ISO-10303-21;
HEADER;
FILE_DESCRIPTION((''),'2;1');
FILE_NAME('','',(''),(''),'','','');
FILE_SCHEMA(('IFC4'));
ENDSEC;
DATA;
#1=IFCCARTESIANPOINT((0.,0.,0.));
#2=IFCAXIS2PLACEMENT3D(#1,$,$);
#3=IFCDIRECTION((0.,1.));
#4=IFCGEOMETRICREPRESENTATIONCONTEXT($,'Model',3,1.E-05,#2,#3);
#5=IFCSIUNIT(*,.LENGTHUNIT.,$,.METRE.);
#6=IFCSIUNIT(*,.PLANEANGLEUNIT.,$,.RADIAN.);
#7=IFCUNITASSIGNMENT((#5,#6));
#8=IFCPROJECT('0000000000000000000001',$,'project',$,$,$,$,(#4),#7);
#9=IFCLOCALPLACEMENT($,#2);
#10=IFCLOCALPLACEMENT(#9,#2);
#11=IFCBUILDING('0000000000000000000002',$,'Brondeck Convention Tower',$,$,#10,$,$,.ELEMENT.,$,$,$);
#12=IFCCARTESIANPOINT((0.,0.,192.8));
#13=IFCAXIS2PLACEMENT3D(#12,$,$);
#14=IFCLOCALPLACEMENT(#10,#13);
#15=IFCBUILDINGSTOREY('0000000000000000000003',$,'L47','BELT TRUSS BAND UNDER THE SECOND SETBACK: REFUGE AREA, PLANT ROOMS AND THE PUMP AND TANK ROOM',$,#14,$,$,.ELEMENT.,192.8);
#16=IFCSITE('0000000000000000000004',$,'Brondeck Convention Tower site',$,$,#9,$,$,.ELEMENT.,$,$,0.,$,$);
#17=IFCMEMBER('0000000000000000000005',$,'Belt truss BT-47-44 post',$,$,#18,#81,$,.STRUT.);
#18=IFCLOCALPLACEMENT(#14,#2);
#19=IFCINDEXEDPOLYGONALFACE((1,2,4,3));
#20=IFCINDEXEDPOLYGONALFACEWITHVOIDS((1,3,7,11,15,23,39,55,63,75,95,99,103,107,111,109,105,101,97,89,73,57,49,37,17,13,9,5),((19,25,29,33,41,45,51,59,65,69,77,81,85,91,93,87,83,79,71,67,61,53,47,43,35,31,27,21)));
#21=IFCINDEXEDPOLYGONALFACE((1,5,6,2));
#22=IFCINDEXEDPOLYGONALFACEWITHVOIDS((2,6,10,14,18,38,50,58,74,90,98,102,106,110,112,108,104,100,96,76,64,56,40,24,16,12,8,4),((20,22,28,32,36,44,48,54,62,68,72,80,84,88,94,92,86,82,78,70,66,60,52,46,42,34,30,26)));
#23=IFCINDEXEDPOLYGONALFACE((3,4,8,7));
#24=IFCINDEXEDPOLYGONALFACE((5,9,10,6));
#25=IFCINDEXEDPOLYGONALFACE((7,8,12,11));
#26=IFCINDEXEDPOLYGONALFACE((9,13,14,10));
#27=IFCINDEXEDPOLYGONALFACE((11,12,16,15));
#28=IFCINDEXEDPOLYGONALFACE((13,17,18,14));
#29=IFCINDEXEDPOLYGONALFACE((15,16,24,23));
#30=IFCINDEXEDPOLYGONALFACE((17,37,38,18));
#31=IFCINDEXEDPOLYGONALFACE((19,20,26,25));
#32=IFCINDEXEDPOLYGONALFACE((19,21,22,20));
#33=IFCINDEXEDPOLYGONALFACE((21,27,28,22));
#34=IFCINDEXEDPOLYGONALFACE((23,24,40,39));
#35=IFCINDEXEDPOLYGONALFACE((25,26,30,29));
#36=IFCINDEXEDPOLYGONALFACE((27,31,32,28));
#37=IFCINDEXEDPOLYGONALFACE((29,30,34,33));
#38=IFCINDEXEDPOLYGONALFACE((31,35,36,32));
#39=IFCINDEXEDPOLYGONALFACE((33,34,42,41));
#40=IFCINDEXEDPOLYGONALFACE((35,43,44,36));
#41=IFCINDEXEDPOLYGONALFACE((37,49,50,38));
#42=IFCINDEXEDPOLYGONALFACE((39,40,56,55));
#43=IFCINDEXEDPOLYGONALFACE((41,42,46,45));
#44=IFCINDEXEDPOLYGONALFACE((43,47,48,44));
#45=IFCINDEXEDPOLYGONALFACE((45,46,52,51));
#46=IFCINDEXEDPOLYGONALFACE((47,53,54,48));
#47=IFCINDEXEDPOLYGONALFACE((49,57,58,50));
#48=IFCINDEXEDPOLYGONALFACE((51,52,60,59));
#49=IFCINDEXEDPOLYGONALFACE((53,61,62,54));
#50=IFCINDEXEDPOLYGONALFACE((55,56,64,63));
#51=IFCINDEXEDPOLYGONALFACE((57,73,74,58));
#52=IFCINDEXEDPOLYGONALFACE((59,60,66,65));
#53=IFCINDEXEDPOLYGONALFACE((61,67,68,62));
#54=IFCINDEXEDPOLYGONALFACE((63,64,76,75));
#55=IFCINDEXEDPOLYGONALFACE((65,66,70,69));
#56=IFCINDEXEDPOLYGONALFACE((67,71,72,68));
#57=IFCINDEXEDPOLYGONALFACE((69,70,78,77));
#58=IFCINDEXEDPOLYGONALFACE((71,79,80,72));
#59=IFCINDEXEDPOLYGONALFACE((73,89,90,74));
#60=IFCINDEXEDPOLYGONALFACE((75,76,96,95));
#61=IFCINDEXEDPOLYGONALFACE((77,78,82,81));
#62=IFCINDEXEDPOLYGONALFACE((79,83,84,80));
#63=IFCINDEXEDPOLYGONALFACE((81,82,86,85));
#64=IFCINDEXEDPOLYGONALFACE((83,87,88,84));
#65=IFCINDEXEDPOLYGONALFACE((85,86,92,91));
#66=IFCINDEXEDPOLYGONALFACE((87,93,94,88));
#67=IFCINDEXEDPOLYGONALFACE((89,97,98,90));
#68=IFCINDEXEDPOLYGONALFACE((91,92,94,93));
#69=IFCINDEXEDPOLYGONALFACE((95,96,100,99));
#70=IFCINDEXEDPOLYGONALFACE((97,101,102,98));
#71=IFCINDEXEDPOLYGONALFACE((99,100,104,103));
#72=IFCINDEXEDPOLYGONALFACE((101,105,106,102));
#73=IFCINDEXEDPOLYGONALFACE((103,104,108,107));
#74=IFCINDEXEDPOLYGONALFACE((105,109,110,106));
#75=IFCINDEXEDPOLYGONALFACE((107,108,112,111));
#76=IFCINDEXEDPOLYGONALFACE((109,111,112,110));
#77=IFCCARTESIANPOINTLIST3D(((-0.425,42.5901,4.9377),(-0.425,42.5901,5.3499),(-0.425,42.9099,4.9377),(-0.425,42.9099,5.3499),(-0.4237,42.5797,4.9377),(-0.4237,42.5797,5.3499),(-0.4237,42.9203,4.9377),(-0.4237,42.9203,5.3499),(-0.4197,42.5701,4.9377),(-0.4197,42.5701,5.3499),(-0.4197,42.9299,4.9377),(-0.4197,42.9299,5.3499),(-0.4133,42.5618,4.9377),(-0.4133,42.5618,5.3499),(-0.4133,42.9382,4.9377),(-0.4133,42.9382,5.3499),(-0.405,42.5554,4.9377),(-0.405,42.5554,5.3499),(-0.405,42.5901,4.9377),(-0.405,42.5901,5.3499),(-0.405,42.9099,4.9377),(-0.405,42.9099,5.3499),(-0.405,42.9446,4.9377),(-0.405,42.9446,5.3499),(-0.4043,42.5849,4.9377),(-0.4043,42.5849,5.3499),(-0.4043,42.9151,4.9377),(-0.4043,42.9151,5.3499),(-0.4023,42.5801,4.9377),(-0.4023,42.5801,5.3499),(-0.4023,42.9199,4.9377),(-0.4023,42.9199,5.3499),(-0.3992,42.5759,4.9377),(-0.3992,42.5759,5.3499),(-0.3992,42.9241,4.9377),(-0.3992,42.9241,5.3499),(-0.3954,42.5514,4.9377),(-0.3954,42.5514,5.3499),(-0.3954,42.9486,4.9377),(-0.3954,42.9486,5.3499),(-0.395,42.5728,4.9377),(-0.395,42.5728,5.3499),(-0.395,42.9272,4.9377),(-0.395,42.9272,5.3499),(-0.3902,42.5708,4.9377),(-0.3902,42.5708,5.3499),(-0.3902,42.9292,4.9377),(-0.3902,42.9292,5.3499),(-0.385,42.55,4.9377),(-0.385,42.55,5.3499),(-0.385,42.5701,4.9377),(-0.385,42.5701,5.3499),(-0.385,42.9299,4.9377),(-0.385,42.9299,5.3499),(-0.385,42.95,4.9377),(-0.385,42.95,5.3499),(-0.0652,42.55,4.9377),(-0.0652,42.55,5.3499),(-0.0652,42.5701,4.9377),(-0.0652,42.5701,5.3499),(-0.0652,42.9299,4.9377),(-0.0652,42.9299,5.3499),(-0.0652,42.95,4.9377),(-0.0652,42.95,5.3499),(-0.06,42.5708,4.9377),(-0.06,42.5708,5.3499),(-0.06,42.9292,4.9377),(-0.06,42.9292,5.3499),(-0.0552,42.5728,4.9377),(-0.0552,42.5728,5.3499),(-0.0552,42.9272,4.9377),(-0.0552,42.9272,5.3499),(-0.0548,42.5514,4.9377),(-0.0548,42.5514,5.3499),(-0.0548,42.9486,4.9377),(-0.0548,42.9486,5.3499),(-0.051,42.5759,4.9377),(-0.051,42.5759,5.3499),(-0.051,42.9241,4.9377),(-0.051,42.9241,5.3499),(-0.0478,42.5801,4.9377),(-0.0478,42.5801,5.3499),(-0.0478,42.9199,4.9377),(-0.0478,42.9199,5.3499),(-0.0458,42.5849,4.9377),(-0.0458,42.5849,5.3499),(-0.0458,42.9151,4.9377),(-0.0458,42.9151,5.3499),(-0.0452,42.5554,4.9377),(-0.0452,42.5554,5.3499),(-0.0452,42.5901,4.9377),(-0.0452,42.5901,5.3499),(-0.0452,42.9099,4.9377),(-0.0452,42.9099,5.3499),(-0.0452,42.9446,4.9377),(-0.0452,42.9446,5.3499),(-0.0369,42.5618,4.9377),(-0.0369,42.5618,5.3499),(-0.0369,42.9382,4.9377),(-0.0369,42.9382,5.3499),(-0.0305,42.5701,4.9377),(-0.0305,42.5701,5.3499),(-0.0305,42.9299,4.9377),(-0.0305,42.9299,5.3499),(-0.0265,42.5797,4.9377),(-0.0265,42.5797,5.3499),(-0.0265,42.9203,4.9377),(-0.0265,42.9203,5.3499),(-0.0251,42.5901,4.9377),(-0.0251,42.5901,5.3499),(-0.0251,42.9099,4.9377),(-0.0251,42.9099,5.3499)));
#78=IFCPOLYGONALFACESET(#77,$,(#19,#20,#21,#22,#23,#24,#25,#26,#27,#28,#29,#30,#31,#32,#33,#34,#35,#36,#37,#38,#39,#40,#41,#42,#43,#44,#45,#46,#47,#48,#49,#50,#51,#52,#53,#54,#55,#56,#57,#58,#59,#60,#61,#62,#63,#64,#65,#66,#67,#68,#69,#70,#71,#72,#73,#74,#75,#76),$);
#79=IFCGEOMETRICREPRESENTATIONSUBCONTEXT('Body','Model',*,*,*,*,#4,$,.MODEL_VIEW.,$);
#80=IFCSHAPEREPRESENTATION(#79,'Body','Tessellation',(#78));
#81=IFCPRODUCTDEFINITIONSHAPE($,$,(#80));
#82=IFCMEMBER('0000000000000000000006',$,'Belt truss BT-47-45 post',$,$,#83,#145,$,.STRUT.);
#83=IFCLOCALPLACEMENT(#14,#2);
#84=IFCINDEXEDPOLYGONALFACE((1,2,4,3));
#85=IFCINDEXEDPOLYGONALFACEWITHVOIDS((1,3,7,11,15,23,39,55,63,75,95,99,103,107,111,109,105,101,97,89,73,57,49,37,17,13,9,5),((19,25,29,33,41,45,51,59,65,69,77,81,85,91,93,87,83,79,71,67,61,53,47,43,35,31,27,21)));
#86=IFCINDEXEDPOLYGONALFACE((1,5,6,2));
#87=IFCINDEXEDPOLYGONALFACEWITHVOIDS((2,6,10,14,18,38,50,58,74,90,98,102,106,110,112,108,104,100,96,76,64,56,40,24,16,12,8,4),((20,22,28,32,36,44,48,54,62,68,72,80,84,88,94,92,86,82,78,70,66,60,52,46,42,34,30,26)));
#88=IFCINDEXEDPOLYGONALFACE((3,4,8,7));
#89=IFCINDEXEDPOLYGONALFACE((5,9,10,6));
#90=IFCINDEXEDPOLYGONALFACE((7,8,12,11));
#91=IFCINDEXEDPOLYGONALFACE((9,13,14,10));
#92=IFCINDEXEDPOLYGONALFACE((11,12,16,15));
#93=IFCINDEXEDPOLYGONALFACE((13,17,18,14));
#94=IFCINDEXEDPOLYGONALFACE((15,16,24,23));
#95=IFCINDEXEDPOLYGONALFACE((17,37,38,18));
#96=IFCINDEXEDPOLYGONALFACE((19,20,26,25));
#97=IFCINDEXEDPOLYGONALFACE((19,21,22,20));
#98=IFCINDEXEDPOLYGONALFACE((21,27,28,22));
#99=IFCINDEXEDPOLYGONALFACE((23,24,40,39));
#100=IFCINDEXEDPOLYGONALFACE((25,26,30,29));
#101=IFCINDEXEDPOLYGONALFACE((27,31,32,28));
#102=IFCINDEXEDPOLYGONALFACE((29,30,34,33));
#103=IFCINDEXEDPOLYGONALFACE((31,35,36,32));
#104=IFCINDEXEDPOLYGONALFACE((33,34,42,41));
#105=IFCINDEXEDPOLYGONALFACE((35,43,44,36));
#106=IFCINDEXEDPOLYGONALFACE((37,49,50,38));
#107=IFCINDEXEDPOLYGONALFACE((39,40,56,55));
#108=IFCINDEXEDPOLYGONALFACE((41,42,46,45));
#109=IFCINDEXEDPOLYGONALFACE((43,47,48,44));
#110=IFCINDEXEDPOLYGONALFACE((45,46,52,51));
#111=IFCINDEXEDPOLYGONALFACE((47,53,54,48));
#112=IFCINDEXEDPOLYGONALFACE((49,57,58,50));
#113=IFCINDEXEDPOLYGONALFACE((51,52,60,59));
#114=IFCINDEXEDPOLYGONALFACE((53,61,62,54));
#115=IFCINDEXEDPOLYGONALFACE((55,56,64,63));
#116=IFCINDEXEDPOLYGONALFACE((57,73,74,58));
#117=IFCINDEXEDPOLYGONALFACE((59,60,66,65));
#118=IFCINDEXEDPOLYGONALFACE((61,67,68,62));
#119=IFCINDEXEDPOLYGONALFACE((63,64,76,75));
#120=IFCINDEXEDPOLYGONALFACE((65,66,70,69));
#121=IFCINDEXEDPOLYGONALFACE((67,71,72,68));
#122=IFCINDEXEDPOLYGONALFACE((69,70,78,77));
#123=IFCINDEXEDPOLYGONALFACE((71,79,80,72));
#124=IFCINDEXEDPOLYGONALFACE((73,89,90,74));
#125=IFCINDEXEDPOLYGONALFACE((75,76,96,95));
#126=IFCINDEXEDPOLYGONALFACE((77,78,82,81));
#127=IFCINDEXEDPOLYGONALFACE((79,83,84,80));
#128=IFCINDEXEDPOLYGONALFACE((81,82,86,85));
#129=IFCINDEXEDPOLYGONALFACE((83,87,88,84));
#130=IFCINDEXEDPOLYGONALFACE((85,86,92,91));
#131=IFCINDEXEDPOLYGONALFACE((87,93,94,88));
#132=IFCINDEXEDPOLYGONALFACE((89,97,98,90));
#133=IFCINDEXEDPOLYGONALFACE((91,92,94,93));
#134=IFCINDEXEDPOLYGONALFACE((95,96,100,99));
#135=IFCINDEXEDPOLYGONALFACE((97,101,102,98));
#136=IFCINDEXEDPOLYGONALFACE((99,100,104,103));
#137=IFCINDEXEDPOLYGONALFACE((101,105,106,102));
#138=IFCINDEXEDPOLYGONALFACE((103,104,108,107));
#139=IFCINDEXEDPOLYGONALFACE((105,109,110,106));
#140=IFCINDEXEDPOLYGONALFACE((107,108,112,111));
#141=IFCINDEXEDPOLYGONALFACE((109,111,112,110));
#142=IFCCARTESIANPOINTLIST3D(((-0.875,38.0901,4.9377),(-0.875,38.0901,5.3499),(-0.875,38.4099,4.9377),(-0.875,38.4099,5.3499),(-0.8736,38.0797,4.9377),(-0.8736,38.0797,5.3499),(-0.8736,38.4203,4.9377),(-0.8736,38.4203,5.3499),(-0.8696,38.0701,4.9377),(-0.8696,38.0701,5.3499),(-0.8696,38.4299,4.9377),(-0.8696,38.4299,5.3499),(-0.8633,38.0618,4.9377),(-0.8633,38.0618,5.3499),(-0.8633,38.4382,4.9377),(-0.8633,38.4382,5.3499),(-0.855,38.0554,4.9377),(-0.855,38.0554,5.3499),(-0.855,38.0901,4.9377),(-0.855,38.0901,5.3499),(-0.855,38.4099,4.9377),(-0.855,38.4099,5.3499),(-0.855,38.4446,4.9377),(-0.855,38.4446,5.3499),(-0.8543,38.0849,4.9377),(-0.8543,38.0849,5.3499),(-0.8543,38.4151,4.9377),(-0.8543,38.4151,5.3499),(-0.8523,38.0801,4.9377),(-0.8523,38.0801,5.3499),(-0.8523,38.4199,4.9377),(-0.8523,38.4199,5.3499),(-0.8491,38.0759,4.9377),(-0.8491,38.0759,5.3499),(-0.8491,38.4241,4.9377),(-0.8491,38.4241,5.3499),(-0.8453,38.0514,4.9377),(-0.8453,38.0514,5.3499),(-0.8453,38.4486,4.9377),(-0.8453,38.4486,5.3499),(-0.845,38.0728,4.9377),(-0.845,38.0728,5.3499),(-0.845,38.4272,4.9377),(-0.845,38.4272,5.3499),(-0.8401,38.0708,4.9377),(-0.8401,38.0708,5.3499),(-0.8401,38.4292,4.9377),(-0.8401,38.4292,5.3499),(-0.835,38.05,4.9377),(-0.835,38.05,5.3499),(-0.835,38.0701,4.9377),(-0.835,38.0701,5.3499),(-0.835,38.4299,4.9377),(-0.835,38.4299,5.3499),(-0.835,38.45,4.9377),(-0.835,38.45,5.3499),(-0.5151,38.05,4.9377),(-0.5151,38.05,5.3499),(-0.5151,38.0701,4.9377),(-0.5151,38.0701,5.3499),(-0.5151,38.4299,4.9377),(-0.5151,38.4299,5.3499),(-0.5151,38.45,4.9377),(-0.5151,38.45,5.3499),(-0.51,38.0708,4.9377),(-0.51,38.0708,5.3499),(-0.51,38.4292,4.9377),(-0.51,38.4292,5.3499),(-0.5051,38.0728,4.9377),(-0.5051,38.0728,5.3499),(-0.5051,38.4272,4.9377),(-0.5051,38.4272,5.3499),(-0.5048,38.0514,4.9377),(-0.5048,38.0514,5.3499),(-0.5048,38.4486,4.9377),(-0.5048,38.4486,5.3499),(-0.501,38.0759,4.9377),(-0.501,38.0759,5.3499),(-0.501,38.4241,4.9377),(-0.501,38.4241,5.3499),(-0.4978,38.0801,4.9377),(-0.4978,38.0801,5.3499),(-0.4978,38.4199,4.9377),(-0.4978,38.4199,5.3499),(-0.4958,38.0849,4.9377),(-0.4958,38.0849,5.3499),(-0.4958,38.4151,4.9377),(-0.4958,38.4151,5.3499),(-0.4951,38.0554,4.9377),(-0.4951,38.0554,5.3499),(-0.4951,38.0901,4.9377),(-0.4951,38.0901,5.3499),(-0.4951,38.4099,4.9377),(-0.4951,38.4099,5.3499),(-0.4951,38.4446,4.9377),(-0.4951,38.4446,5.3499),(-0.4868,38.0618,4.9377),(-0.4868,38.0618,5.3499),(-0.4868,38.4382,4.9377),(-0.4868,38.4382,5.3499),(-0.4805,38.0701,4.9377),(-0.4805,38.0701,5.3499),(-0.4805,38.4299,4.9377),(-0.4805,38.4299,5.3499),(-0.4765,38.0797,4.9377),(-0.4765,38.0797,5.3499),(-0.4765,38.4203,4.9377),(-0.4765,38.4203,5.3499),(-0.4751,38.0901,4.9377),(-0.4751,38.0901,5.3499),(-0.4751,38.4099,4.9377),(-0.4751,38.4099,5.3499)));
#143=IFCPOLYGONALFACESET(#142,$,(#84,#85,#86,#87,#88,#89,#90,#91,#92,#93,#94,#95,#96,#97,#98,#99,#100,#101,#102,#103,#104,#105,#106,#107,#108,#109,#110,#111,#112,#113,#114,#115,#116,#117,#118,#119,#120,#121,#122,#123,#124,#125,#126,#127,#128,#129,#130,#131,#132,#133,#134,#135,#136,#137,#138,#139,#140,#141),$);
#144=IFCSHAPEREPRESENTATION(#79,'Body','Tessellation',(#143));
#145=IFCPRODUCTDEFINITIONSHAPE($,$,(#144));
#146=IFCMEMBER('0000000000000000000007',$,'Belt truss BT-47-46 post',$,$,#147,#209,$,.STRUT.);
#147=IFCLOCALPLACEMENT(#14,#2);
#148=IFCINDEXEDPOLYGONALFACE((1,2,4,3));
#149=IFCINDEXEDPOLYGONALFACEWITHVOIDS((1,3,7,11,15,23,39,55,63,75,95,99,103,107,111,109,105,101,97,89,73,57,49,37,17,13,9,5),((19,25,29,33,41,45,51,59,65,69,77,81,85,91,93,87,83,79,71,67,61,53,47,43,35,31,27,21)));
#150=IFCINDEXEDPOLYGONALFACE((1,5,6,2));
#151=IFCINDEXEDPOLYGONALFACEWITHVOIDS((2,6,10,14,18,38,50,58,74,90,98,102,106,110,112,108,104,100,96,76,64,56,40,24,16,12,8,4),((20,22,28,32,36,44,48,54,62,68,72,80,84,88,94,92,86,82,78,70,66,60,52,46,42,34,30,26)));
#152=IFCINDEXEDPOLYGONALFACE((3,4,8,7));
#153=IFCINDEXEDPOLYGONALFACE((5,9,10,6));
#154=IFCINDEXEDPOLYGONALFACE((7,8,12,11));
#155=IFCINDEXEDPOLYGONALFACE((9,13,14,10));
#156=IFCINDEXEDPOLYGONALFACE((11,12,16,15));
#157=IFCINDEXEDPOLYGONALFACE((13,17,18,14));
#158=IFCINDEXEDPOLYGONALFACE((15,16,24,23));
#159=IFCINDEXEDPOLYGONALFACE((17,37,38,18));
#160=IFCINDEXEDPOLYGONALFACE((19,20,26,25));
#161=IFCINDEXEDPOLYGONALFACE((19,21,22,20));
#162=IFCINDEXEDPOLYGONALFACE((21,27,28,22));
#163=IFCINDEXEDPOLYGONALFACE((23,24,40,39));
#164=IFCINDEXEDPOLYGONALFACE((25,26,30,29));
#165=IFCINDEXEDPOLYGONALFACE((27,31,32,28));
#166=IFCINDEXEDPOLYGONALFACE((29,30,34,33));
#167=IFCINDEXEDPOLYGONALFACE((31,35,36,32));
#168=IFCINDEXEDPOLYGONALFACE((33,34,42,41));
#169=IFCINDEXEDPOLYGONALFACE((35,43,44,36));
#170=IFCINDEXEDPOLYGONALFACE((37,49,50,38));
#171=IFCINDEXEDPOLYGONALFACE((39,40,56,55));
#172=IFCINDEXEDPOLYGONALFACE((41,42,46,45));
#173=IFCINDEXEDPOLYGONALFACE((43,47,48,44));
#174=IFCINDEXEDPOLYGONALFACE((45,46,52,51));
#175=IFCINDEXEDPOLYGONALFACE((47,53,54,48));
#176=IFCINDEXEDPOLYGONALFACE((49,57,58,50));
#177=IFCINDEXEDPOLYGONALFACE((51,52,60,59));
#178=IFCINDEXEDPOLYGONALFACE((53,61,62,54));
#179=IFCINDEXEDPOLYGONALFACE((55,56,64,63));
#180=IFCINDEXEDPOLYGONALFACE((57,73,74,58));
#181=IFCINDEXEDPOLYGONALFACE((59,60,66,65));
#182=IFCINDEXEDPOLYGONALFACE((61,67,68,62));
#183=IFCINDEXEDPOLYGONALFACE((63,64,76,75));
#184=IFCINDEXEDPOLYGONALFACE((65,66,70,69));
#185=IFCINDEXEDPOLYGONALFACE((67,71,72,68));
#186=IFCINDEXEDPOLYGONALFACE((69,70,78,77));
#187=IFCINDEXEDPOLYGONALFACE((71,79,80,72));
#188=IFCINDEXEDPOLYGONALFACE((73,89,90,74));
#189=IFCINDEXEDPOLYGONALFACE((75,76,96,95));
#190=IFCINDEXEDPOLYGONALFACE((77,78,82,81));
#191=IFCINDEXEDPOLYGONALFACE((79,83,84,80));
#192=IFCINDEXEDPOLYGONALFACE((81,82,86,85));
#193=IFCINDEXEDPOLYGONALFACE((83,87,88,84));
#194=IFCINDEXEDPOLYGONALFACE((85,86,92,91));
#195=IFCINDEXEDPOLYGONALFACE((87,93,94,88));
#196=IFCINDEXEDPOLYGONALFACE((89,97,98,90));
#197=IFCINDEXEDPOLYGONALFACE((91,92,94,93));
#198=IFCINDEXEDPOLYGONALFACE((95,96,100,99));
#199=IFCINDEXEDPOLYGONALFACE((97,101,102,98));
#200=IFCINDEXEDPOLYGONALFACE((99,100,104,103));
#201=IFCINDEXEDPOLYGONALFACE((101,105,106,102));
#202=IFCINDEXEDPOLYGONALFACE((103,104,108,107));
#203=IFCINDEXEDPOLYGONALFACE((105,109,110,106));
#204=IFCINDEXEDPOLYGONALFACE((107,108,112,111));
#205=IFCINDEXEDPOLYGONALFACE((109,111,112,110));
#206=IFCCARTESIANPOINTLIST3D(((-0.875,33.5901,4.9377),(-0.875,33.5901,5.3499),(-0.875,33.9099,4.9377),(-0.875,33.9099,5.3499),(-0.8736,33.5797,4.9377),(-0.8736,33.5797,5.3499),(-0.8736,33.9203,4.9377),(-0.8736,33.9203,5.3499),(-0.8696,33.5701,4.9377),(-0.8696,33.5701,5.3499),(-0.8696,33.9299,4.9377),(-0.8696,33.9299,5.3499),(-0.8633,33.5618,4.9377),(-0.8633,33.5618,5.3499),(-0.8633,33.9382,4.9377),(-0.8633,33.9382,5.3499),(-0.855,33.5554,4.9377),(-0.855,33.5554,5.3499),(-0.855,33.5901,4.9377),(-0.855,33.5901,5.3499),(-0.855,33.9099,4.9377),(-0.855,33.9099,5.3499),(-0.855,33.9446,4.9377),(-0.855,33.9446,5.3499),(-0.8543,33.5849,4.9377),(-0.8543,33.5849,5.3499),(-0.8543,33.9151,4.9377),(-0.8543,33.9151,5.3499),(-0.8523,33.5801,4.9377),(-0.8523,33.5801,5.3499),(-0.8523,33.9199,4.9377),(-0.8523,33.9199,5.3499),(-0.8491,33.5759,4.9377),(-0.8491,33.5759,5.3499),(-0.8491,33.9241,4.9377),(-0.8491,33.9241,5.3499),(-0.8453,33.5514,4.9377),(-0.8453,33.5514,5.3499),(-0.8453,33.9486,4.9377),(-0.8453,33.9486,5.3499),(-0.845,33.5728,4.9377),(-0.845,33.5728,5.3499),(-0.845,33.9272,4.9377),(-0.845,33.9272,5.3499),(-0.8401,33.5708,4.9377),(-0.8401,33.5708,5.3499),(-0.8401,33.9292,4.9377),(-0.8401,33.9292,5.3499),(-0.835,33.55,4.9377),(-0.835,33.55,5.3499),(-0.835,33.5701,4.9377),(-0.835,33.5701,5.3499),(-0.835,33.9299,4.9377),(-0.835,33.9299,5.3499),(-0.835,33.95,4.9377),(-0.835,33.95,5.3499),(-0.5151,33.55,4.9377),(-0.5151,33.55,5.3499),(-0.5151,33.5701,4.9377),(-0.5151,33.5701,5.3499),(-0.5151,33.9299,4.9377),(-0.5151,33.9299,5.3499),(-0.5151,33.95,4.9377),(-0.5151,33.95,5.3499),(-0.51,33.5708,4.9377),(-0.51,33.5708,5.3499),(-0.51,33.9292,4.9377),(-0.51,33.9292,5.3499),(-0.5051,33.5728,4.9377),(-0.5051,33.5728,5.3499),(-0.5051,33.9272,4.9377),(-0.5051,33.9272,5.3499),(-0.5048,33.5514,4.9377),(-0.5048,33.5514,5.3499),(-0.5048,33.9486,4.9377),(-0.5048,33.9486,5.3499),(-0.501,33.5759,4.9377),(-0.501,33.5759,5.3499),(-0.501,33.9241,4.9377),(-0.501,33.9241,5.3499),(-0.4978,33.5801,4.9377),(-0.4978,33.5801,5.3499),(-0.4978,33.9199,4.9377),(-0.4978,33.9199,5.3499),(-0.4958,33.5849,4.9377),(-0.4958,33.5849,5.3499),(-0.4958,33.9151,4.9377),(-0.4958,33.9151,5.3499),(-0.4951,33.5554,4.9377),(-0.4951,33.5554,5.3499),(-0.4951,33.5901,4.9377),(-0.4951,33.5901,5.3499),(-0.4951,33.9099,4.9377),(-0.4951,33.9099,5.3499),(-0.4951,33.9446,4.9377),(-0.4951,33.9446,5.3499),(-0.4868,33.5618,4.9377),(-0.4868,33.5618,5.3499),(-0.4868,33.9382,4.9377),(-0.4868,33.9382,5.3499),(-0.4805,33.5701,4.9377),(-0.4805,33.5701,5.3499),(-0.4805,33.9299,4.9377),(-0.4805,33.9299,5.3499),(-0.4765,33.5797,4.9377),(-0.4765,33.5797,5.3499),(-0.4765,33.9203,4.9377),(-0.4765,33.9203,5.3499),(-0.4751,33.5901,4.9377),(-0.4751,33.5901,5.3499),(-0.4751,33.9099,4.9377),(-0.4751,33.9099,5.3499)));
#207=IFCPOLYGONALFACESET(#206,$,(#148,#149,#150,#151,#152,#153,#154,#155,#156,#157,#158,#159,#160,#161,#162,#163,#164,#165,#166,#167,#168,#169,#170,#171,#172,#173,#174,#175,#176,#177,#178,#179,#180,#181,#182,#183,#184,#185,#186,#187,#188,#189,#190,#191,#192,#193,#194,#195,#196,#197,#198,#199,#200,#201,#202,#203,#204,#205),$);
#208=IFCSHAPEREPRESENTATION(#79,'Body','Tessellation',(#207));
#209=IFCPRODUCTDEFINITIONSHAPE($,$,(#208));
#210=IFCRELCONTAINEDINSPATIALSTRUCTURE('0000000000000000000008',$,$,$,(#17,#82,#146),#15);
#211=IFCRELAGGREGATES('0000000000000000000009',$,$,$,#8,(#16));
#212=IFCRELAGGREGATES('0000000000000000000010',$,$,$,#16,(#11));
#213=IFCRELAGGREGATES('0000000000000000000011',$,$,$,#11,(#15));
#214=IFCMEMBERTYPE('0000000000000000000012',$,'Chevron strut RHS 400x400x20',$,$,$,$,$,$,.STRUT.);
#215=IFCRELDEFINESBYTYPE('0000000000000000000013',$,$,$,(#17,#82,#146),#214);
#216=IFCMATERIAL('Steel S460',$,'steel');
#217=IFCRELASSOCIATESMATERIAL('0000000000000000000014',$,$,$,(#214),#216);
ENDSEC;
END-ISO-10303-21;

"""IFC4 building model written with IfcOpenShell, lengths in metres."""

from ifc_helpers import new_model, si_unit, direction, frame, origin, origin_2d, place, context, subcontext, project, spatial, hollow_rectangle, extrude, material, material_profile, profile_set, type_object, element, save


model = new_model("IFC4")

# Units and contexts
model_context = context("Model", 3, precision=1e-05, world=origin(), true_north=direction((0.0, 1.0)))
body_context = subcontext(model_context, "Body", "Model", "MODEL_VIEW")
ifc_project = project(units=[si_unit("LENGTHUNIT", "METRE"), si_unit("PLANEANGLEUNIT", "RADIAN")], contexts=[model_context])

# Site, building, storey
site_placement = place(None, origin())
site = spatial("IfcSite", under=ifc_project, at=site_placement, Name="Brondeck Convention Tower site", CompositionType="ELEMENT", RefElevation=0.0)
building_placement = place(site_placement, origin())
building = spatial("IfcBuilding", under=site, at=building_placement, Name="Brondeck Convention Tower", CompositionType="ELEMENT")
storey_placement = place(building_placement, frame((0.0, 0.0, 192.8)))
storey = spatial("IfcBuildingStorey", under=building, at=storey_placement, Name="L47", Description="BELT TRUSS BAND UNDER THE SECOND SETBACK: REFUGE AREA, PLANT ROOMS AND THE PUMP AND TANK ROOM", CompositionType="ELEMENT", Elevation=192.8)

# Members
ifc_material_1 = material(Name="Steel S460", Category="steel")
ifc_material_profile_1 = material_profile(ifc_material_1, hollow_rectangle(XDim=0.3999, YDim=0.3999, WallThickness=0.02, InnerFilletRadius=0.02, OuterFilletRadius=0.04, at=origin_2d()), Name="RHS 400x400x20")
ifc_profile_set_1 = profile_set([ifc_material_profile_1], Name="Steel S460")
member_type_1 = type_object("IfcMemberType", Name="Chevron strut RHS 400x400x20", PredefinedType="STRUT", material=ifc_profile_set_1)
for number, where, z_axis, x_axis, name in (
    (1, (-0.2251, 42.75, 4.9377), (0.0, 0.0, 1.0), (1.0, 0.0, 0.0), "Belt truss BT-47-44 post"),
    (2, (-0.675, 38.25, 4.9377), (0.0, 0.0, 1.0), (1.0, 0.0, 0.0), "Belt truss BT-47-45 post"),
    (3, (-0.675, 33.75, 4.9377), (0.0, 0.0, 1.0), (1.0, 0.0, 0.0), "Belt truss BT-47-46 post"),
):
    element("IfcMember", number, at=place(storey_placement, frame(where, z_axis=z_axis, x_axis=x_axis)), inside=storey, type_object=member_type_1, Name=name, PredefinedType="STRUT", context=body_context, shape_type="SweptSolid", body=[
        extrude(hollow_rectangle(XDim=0.3999, YDim=0.3999, WallThickness=0.02, InnerFilletRadius=0.02, OuterFilletRadius=0.04, at=origin_2d()), origin(), (0.0, 0.0, 1.0), 0.4121),
    ])

save(model, "model.ifc")
